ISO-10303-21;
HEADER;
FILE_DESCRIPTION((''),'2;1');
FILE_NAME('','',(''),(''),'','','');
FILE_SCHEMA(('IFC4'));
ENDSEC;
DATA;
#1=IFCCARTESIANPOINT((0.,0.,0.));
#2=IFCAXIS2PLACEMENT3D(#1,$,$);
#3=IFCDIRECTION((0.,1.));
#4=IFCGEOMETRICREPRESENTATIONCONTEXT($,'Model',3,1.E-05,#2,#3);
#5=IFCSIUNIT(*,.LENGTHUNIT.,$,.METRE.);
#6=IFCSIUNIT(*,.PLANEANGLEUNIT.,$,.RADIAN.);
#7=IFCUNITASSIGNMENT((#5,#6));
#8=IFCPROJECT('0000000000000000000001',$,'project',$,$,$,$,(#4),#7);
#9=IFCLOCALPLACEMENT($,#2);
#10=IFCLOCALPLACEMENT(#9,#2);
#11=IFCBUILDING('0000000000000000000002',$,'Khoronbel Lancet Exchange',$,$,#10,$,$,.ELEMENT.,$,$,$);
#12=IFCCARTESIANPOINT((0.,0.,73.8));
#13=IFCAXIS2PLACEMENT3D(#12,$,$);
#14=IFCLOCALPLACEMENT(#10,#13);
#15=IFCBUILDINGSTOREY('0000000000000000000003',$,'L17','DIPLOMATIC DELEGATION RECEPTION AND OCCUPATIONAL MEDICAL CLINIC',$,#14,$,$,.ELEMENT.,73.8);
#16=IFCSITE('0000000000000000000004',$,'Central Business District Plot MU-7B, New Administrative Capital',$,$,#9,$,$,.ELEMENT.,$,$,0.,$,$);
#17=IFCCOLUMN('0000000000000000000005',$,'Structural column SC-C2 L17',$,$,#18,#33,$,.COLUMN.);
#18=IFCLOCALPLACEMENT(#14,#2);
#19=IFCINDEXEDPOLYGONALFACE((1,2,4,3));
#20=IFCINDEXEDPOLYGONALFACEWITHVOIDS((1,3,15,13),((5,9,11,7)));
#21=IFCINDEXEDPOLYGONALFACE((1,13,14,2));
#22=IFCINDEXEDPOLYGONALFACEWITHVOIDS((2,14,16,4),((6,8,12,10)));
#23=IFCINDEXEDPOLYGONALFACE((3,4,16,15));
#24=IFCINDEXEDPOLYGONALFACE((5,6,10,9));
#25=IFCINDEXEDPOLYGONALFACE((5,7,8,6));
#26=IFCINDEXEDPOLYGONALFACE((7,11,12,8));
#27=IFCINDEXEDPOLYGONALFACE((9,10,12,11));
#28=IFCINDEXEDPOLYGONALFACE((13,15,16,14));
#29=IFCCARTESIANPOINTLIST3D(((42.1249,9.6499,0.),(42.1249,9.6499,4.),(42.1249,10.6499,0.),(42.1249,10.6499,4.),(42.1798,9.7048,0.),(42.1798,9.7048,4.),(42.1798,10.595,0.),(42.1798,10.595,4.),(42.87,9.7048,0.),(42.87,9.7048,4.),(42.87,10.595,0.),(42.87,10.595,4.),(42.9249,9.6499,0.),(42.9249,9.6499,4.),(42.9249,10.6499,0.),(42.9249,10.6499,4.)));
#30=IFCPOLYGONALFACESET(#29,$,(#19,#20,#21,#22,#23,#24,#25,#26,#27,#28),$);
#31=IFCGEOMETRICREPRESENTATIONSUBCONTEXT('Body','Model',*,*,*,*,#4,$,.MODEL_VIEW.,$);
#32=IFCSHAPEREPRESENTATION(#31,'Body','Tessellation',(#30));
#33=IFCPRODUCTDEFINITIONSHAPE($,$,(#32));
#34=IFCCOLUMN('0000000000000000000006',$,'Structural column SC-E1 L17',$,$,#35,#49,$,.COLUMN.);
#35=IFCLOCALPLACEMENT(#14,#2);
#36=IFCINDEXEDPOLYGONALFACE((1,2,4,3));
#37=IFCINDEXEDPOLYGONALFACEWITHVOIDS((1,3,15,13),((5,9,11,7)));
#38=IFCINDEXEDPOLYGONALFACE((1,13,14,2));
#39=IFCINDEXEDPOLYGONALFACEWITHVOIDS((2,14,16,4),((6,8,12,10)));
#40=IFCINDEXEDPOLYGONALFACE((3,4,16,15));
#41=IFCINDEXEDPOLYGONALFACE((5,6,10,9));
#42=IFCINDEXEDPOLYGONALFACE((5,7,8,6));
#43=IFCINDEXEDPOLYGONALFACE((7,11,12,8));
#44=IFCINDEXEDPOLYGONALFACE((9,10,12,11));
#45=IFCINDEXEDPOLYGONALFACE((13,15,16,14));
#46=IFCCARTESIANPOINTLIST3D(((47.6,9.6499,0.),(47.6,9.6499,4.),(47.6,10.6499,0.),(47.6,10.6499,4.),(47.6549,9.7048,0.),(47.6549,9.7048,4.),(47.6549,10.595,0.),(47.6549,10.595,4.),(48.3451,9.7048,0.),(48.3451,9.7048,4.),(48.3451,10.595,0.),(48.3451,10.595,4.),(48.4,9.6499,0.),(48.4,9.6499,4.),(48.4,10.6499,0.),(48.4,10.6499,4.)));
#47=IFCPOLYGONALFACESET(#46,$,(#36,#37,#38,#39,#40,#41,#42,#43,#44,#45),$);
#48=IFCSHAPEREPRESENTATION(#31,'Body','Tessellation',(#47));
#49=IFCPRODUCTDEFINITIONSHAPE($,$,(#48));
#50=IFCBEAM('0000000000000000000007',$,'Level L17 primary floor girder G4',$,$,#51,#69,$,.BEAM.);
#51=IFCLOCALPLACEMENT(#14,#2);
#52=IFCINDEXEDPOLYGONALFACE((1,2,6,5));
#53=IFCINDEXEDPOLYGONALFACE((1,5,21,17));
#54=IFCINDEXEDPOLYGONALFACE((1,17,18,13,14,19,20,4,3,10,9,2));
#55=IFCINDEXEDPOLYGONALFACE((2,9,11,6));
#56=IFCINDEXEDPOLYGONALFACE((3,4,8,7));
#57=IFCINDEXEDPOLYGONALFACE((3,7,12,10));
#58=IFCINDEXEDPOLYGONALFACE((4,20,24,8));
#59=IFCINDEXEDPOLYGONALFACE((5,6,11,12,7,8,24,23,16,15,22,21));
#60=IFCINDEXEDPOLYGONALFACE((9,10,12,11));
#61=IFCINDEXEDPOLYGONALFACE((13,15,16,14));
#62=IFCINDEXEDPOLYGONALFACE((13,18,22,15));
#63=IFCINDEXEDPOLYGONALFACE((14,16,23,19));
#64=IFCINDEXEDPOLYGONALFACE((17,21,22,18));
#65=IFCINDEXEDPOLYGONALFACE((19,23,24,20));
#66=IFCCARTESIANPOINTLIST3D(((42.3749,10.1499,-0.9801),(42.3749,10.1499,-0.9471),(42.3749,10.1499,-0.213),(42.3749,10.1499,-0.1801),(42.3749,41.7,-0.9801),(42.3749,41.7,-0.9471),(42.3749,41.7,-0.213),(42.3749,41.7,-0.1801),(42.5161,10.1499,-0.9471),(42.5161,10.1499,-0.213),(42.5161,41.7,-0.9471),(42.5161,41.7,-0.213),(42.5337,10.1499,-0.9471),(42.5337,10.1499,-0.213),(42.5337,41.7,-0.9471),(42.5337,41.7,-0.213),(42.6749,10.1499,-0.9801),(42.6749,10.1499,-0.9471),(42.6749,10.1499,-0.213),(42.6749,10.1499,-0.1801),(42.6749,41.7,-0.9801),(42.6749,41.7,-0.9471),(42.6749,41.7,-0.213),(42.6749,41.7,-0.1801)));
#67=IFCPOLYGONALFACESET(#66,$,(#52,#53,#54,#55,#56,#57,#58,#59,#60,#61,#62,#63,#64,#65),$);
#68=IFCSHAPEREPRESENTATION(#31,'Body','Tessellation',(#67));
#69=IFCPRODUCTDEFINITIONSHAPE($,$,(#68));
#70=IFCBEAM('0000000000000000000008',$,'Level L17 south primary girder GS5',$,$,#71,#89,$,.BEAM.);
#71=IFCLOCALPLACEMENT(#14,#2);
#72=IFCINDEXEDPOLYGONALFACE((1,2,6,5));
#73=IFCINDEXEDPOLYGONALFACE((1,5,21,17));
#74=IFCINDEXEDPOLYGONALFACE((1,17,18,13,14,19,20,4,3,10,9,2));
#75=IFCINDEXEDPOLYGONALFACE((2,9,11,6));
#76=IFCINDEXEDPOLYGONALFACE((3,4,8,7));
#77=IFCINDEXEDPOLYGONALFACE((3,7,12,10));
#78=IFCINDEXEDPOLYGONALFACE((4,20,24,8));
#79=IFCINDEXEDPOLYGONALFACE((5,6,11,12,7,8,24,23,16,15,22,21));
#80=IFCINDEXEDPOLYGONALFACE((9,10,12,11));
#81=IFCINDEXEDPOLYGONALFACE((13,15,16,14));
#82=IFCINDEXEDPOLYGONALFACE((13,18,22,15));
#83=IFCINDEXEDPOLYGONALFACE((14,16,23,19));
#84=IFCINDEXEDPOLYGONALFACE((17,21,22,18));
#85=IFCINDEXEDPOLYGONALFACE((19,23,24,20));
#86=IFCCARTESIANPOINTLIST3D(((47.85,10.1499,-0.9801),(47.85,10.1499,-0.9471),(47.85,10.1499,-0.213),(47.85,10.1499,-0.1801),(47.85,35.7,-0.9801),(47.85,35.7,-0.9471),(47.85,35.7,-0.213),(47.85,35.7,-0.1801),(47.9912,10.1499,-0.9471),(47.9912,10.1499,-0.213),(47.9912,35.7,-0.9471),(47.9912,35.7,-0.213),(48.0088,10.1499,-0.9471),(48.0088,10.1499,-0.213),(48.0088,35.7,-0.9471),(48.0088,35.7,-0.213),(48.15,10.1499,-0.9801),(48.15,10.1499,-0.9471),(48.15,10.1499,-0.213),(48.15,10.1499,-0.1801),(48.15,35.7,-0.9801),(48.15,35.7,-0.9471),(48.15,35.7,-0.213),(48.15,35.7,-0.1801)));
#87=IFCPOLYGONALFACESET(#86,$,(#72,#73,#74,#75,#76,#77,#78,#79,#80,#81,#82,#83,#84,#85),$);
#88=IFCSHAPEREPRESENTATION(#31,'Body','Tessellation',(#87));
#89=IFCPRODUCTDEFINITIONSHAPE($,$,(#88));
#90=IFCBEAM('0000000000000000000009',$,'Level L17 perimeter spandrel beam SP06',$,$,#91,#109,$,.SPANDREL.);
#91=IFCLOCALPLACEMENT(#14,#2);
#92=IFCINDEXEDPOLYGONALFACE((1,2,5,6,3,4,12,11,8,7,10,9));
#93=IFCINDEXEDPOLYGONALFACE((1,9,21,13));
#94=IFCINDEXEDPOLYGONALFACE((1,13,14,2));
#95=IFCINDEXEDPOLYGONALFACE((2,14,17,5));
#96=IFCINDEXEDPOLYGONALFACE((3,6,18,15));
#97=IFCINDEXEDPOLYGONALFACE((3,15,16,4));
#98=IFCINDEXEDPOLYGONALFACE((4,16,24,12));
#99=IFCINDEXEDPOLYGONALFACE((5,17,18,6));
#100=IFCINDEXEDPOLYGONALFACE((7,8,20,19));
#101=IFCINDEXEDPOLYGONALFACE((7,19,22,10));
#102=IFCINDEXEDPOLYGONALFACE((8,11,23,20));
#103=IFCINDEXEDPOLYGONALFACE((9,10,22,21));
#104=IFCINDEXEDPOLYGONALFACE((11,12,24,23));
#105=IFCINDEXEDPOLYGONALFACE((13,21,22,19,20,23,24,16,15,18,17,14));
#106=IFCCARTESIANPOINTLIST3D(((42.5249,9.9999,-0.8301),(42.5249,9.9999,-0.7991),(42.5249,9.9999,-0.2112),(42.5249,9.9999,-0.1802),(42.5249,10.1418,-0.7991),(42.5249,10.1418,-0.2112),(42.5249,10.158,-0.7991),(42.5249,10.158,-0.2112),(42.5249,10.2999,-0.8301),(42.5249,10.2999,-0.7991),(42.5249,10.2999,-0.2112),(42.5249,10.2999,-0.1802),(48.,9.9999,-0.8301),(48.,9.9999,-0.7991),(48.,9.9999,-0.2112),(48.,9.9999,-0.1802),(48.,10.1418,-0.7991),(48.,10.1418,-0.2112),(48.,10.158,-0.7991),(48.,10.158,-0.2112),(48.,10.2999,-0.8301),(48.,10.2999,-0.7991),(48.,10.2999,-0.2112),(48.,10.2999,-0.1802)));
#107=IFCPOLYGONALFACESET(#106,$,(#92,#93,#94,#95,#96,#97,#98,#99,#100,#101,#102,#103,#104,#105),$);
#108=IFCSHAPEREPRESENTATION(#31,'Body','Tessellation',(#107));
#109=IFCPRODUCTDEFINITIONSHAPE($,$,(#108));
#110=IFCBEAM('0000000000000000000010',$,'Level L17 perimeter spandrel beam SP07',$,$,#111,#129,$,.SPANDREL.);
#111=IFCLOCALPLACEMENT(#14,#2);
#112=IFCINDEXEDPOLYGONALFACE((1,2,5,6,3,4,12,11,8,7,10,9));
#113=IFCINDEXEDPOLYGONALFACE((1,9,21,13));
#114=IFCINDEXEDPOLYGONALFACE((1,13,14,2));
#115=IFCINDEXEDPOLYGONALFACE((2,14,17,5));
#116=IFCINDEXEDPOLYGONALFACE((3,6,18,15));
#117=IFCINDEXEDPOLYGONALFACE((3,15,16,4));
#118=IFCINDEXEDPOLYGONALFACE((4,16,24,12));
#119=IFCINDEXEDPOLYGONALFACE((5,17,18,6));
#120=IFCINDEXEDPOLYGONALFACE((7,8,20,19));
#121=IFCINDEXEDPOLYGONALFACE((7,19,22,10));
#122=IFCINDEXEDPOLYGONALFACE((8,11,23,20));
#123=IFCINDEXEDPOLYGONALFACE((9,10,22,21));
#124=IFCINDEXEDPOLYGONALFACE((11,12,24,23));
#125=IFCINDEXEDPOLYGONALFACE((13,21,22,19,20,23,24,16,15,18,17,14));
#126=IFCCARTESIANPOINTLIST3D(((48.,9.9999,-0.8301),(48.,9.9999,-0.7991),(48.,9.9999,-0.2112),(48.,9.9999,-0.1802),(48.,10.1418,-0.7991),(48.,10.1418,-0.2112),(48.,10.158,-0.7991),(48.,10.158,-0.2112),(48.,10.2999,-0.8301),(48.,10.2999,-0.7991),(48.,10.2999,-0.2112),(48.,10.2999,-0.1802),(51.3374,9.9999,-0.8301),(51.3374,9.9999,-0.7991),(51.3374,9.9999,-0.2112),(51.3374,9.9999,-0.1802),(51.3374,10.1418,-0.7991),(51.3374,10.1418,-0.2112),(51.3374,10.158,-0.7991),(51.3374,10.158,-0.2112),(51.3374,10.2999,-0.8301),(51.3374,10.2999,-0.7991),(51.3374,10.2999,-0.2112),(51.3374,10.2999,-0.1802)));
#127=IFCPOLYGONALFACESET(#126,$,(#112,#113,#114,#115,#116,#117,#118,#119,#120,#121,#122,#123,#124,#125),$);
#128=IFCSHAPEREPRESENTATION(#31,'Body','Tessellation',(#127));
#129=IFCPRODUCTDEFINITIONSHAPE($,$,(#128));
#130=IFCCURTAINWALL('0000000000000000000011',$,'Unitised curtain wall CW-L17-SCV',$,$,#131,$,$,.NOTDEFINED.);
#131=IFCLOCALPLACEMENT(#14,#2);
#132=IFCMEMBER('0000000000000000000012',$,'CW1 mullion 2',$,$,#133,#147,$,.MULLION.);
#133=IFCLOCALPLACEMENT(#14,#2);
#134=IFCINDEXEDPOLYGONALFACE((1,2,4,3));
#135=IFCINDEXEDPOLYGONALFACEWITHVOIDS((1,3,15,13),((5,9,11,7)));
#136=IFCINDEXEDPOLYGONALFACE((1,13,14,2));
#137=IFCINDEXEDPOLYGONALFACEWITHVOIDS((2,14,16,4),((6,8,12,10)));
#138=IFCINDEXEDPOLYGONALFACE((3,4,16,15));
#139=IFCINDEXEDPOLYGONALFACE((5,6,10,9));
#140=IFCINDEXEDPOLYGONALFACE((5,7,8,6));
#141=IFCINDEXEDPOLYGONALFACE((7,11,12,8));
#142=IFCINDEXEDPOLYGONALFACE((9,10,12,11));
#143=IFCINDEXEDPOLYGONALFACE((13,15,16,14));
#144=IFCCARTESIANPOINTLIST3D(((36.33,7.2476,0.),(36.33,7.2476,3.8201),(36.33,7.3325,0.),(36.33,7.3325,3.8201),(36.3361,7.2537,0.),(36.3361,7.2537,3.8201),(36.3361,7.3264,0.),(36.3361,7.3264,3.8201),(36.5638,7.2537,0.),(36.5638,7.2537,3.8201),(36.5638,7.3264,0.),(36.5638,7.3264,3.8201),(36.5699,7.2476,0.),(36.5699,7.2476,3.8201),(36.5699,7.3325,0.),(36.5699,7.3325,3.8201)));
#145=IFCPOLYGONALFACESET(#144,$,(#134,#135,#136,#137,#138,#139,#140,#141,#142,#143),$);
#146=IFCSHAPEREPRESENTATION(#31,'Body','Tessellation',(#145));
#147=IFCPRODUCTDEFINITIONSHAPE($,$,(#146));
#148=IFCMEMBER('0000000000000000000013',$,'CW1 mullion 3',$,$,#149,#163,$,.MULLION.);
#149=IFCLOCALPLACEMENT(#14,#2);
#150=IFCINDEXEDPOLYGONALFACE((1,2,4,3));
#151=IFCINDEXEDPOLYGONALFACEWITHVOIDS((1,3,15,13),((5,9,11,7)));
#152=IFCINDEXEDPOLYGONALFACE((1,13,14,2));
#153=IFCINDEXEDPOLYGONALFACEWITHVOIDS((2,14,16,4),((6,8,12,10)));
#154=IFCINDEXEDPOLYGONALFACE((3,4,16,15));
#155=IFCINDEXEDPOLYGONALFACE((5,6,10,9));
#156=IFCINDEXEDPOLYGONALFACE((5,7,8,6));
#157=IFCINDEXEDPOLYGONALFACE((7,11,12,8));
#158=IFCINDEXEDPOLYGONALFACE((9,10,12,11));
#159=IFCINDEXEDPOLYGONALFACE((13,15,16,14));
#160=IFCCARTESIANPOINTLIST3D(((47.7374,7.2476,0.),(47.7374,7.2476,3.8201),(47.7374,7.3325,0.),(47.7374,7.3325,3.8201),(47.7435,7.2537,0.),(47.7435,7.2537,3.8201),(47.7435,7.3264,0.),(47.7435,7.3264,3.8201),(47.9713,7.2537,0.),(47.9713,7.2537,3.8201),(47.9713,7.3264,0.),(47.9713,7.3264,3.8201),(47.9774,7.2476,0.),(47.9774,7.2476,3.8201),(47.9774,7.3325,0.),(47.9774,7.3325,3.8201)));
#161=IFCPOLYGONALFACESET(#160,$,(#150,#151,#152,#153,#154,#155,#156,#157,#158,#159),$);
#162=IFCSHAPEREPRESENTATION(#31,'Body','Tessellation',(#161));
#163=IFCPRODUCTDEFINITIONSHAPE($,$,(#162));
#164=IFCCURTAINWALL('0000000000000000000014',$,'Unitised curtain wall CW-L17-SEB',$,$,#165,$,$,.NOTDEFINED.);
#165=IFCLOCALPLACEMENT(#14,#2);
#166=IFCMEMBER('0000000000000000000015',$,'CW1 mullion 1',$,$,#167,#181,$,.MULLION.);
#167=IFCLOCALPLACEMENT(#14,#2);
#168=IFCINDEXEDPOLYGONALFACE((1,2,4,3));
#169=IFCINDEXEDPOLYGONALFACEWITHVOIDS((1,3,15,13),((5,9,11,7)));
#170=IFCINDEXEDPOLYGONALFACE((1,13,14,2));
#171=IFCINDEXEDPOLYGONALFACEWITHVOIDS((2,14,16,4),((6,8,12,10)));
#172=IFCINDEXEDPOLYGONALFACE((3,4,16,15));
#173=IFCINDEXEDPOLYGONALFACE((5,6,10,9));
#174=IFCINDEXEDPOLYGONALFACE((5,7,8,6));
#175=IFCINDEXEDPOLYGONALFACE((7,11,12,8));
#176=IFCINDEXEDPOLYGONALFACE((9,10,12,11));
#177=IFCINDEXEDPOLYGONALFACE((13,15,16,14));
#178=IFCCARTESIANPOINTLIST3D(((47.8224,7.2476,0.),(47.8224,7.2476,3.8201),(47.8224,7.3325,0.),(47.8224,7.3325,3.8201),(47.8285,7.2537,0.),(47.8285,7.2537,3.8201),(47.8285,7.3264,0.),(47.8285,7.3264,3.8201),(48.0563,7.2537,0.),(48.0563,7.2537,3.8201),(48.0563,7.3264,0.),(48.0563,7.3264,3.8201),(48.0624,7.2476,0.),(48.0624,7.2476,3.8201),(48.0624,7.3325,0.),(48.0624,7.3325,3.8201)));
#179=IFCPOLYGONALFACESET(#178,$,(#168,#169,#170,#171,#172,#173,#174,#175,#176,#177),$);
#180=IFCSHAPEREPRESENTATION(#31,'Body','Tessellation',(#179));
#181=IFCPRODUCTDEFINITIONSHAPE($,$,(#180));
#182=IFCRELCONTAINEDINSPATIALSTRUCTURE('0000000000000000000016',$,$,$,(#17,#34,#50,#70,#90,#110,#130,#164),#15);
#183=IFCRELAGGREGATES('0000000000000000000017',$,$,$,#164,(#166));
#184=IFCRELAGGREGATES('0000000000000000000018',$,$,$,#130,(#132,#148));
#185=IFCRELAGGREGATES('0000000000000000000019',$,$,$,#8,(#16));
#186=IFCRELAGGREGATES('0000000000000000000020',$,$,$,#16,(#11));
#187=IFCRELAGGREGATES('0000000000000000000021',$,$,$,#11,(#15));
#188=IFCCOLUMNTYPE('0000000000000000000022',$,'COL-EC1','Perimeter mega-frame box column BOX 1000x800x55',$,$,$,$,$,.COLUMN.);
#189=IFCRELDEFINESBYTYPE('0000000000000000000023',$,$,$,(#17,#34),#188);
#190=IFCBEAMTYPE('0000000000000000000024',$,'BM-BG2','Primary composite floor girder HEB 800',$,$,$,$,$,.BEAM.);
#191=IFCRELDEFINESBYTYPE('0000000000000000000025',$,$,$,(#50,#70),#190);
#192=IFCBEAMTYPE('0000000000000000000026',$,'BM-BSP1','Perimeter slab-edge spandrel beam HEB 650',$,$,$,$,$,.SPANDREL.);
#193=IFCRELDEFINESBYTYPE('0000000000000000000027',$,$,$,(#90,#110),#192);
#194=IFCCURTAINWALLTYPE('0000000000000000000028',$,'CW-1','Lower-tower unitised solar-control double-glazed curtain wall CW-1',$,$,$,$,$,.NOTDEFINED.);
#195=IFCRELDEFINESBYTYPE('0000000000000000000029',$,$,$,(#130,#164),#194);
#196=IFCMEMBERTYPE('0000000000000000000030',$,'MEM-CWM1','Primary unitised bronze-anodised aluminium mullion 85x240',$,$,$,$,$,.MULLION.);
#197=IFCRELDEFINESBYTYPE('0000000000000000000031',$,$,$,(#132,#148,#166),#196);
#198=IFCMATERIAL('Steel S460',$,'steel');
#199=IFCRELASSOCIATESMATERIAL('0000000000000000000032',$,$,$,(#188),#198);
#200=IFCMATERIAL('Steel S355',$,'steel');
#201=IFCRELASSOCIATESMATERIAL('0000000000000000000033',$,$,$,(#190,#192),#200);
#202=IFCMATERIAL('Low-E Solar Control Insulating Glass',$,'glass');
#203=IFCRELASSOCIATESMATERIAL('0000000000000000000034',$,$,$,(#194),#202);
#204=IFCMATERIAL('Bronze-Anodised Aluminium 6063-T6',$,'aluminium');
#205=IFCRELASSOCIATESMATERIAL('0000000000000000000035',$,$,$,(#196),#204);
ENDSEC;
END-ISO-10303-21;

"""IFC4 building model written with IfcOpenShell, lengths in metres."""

from ifc_helpers import new_model, si_unit, direction, frame, origin, origin_2d, place, context, subcontext, project, spatial, hollow_rectangle, i_section, extrude, material, material_profile, profile_set, type_object, element, aggregate, save


model = new_model("IFC4")

# Units and contexts
model_context = context("Model", 3, precision=1e-05, world=origin(), true_north=direction((0.0, 1.0)))
body_context = subcontext(model_context, "Body", "Model", "MODEL_VIEW")
ifc_project = project(units=[si_unit("LENGTHUNIT", "METRE"), si_unit("PLANEANGLEUNIT", "RADIAN")], contexts=[model_context])

# Site, building, storey
site_placement = place(None, origin())
site = spatial("IfcSite", under=ifc_project, at=site_placement, Name="Central Business District Plot MU-7B, New Administrative Capital", CompositionType="ELEMENT", RefElevation=0.0)
building_placement = place(site_placement, origin())
building = spatial("IfcBuilding", under=site, at=building_placement, Name="Khoronbel Lancet Exchange", CompositionType="ELEMENT")
storey_placement = place(building_placement, frame((0.0, 0.0, 73.8)))
storey = spatial("IfcBuildingStorey", under=building, at=storey_placement, Name="L17", Description="DIPLOMATIC DELEGATION RECEPTION AND OCCUPATIONAL MEDICAL CLINIC", CompositionType="ELEMENT", Elevation=73.8)

# Columns
ifc_material_1 = material(Name="Steel S460", Category="steel")
ifc_material_profile_1 = material_profile(ifc_material_1, hollow_rectangle(XDim=0.8, YDim=1.0, WallThickness=0.0549, at=origin_2d()), Name="BOX 1000x800x55")
ifc_profile_set_1 = profile_set([ifc_material_profile_1], Name="Steel S460")
column_type = type_object("IfcColumnType", Name="COL-EC1", Description="Perimeter mega-frame box column BOX 1000x800x55", PredefinedType="COLUMN", material=ifc_profile_set_1)
for number, where, z_axis, x_axis, name in (
    (1, (42.5249, 10.1499, 0.0), (0.0, 0.0, 1.0), (1.0, 0.0, 0.0), "Structural column SC-C2 L17"),
    (2, (48.0, 10.1499, 0.0), (0.0, 0.0, 1.0), (1.0, 0.0, 0.0), "Structural column SC-E1 L17"),
):
    element("IfcColumn", number, at=place(storey_placement, frame(where, z_axis=z_axis, x_axis=x_axis)), inside=storey, type_object=column_type, Name=name, PredefinedType="COLUMN", context=body_context, shape_type="SweptSolid", body=[
        extrude(hollow_rectangle(XDim=0.8, YDim=1.0, WallThickness=0.0549, at=origin_2d()), origin(), (0.0, 0.0, 1.0), 4.0),
    ])

# Beams
ifc_material_2 = material(Name="Steel S355", Category="steel")
ifc_material_profile_2 = material_profile(ifc_material_2, i_section(OverallWidth=0.3, OverallDepth=0.8, WebThickness=0.0176, FlangeThickness=0.033, at=origin_2d()), Name="HEB 800")
ifc_profile_set_2 = profile_set([ifc_material_profile_2], Name="Steel S355")
beam_type_1 = type_object("IfcBeamType", Name="BM-BG2", Description="Primary composite floor girder HEB 800", PredefinedType="BEAM", material=ifc_profile_set_2)
beam_1_placement = place(storey_placement, frame((42.5249, 10.1499, -0.5801), z_axis=(0.0, 1.0, 0.0), x_axis=(-1.0, 0.0, 0.0)))
element("IfcBeam", 3, at=beam_1_placement, inside=storey, type_object=beam_type_1, Name="Level L17 primary floor girder G4", PredefinedType="BEAM", context=body_context, shape_type="SweptSolid", body=[
    extrude(i_section(OverallWidth=0.3, OverallDepth=0.8, WebThickness=0.0176, FlangeThickness=0.033, at=origin_2d()), origin(), (0.0, 0.0, 1.0), 31.55),
])
beam_2_placement = place(storey_placement, frame((48.0, 10.1499, -0.5801), z_axis=(0.0, 1.0, 0.0), x_axis=(-1.0, 0.0, 0.0)))
element("IfcBeam", 4, at=beam_2_placement, inside=storey, type_object=beam_type_1, Name="Level L17 south primary girder GS5", PredefinedType="BEAM", context=body_context, shape_type="SweptSolid", body=[
    extrude(i_section(OverallWidth=0.3, OverallDepth=0.8, WebThickness=0.0176, FlangeThickness=0.033, at=origin_2d()), origin(), (0.0, 0.0, 1.0), 25.55),
])
ifc_material_profile_3 = material_profile(ifc_material_2, i_section(OverallWidth=0.3, OverallDepth=0.6499, WebThickness=0.0161, FlangeThickness=0.031, at=origin_2d()), Name="HEB 650")
ifc_profile_set_3 = profile_set([ifc_material_profile_3], Name="Steel S355")
beam_type_2 = type_object("IfcBeamType", Name="BM-BSP1", Description="Perimeter slab-edge spandrel beam HEB 650", PredefinedType="SPANDREL", material=ifc_profile_set_3)
beam_3_placement = place(storey_placement, frame((42.5249, 10.1499, -0.5051), z_axis=(1.0, 0.0, 0.0), x_axis=(0.0, 1.0, 0.0)))
element("IfcBeam", 5, at=beam_3_placement, inside=storey, type_object=beam_type_2, Name="Level L17 perimeter spandrel beam SP06", PredefinedType="SPANDREL", context=body_context, shape_type="SweptSolid", body=[
    extrude(i_section(OverallWidth=0.3, OverallDepth=0.6499, WebThickness=0.0161, FlangeThickness=0.031, at=origin_2d()), origin(), (0.0, 0.0, 1.0), 5.4751),
])
beam_4_placement = place(storey_placement, frame((48.0, 10.1499, -0.5051), z_axis=(1.0, 0.0, 0.0), x_axis=(0.0, 1.0, 0.0)))
element("IfcBeam", 6, at=beam_4_placement, inside=storey, type_object=beam_type_2, Name="Level L17 perimeter spandrel beam SP07", PredefinedType="SPANDREL", context=body_context, shape_type="SweptSolid", body=[
    extrude(i_section(OverallWidth=0.3, OverallDepth=0.6499, WebThickness=0.0161, FlangeThickness=0.031, at=origin_2d()), origin(), (0.0, 0.0, 1.0), 3.3374),
])

# Curtain walls, members
ifc_material_3 = material(Name="Low-E Solar Control Insulating Glass", Category="glass")
curtain_wall_type = type_object("IfcCurtainWallType", Name="CW-1", Description="Lower-tower unitised solar-control double-glazed curtain wall CW-1", PredefinedType="NOTDEFINED", material=ifc_material_3)
curtain_wall_1_placement = place(storey_placement, origin())
curtain_wall_1 = element("IfcCurtainWall", 7, at=curtain_wall_1_placement, inside=storey, type_object=curtain_wall_type, Name="Unitised curtain wall CW-L17-SCV", PredefinedType="NOTDEFINED")
ifc_material_4 = material(Name="Bronze-Anodised Aluminium 6063-T6", Category="aluminium")
ifc_material_profile_4 = material_profile(ifc_material_4, hollow_rectangle(XDim=0.085, YDim=0.24, WallThickness=0.0061, at=origin_2d()), Name="ALU MULLION 85x240")
ifc_profile_set_4 = profile_set([ifc_material_profile_4], Name="Bronze-Anodised Aluminium 6063-T6")
member_type_1 = type_object("IfcMemberType", Name="MEM-CWM1", Description="Primary unitised bronze-anodised aluminium mullion 85x240", PredefinedType="MULLION", material=ifc_profile_set_4)
member_1_placement = place(storey_placement, frame((36.45, 7.29, 0.0), z_axis=(0.0, 0.0, 1.0), x_axis=(0.0, 1.0, 0.0)))
member_1 = element("IfcMember", 8, at=member_1_placement, type_object=member_type_1, Name="CW1 mullion 2", PredefinedType="MULLION", context=body_context, shape_type="SweptSolid", body=[
    extrude(hollow_rectangle(XDim=0.085, YDim=0.24, WallThickness=0.0061, at=origin_2d()), origin(), (0.0, 0.0, 1.0), 3.8201),
])
member_2_placement = place(storey_placement, frame((47.8574, 7.29, 0.0), z_axis=(0.0, 0.0, 1.0), x_axis=(0.0, 1.0, 0.0)))
member_2 = element("IfcMember", 9, at=member_2_placement, type_object=member_type_1, Name="CW1 mullion 3", PredefinedType="MULLION", context=body_context, shape_type="SweptSolid", body=[
    extrude(hollow_rectangle(XDim=0.085, YDim=0.24, WallThickness=0.0061, at=origin_2d()), origin(), (0.0, 0.0, 1.0), 3.8201),
])
curtain_wall_2_placement = place(storey_placement, origin())
curtain_wall_2 = element("IfcCurtainWall", 10, at=curtain_wall_2_placement, inside=storey, type_object=curtain_wall_type, Name="Unitised curtain wall CW-L17-SEB", PredefinedType="NOTDEFINED")
member_3_placement = place(storey_placement, frame((47.9424, 7.29, 0.0), z_axis=(0.0, 0.0, 1.0), x_axis=(0.0, 1.0, 0.0)))
member_3 = element("IfcMember", 11, at=member_3_placement, type_object=member_type_1, Name="CW1 mullion 1", PredefinedType="MULLION", context=body_context, shape_type="SweptSolid", body=[
    extrude(hollow_rectangle(XDim=0.085, YDim=0.24, WallThickness=0.0061, at=origin_2d()), origin(), (0.0, 0.0, 1.0), 3.8201),
])

aggregate(curtain_wall_2, [member_3])
aggregate(curtain_wall_1, [member_1, member_2])

save(model, "model.ifc")
